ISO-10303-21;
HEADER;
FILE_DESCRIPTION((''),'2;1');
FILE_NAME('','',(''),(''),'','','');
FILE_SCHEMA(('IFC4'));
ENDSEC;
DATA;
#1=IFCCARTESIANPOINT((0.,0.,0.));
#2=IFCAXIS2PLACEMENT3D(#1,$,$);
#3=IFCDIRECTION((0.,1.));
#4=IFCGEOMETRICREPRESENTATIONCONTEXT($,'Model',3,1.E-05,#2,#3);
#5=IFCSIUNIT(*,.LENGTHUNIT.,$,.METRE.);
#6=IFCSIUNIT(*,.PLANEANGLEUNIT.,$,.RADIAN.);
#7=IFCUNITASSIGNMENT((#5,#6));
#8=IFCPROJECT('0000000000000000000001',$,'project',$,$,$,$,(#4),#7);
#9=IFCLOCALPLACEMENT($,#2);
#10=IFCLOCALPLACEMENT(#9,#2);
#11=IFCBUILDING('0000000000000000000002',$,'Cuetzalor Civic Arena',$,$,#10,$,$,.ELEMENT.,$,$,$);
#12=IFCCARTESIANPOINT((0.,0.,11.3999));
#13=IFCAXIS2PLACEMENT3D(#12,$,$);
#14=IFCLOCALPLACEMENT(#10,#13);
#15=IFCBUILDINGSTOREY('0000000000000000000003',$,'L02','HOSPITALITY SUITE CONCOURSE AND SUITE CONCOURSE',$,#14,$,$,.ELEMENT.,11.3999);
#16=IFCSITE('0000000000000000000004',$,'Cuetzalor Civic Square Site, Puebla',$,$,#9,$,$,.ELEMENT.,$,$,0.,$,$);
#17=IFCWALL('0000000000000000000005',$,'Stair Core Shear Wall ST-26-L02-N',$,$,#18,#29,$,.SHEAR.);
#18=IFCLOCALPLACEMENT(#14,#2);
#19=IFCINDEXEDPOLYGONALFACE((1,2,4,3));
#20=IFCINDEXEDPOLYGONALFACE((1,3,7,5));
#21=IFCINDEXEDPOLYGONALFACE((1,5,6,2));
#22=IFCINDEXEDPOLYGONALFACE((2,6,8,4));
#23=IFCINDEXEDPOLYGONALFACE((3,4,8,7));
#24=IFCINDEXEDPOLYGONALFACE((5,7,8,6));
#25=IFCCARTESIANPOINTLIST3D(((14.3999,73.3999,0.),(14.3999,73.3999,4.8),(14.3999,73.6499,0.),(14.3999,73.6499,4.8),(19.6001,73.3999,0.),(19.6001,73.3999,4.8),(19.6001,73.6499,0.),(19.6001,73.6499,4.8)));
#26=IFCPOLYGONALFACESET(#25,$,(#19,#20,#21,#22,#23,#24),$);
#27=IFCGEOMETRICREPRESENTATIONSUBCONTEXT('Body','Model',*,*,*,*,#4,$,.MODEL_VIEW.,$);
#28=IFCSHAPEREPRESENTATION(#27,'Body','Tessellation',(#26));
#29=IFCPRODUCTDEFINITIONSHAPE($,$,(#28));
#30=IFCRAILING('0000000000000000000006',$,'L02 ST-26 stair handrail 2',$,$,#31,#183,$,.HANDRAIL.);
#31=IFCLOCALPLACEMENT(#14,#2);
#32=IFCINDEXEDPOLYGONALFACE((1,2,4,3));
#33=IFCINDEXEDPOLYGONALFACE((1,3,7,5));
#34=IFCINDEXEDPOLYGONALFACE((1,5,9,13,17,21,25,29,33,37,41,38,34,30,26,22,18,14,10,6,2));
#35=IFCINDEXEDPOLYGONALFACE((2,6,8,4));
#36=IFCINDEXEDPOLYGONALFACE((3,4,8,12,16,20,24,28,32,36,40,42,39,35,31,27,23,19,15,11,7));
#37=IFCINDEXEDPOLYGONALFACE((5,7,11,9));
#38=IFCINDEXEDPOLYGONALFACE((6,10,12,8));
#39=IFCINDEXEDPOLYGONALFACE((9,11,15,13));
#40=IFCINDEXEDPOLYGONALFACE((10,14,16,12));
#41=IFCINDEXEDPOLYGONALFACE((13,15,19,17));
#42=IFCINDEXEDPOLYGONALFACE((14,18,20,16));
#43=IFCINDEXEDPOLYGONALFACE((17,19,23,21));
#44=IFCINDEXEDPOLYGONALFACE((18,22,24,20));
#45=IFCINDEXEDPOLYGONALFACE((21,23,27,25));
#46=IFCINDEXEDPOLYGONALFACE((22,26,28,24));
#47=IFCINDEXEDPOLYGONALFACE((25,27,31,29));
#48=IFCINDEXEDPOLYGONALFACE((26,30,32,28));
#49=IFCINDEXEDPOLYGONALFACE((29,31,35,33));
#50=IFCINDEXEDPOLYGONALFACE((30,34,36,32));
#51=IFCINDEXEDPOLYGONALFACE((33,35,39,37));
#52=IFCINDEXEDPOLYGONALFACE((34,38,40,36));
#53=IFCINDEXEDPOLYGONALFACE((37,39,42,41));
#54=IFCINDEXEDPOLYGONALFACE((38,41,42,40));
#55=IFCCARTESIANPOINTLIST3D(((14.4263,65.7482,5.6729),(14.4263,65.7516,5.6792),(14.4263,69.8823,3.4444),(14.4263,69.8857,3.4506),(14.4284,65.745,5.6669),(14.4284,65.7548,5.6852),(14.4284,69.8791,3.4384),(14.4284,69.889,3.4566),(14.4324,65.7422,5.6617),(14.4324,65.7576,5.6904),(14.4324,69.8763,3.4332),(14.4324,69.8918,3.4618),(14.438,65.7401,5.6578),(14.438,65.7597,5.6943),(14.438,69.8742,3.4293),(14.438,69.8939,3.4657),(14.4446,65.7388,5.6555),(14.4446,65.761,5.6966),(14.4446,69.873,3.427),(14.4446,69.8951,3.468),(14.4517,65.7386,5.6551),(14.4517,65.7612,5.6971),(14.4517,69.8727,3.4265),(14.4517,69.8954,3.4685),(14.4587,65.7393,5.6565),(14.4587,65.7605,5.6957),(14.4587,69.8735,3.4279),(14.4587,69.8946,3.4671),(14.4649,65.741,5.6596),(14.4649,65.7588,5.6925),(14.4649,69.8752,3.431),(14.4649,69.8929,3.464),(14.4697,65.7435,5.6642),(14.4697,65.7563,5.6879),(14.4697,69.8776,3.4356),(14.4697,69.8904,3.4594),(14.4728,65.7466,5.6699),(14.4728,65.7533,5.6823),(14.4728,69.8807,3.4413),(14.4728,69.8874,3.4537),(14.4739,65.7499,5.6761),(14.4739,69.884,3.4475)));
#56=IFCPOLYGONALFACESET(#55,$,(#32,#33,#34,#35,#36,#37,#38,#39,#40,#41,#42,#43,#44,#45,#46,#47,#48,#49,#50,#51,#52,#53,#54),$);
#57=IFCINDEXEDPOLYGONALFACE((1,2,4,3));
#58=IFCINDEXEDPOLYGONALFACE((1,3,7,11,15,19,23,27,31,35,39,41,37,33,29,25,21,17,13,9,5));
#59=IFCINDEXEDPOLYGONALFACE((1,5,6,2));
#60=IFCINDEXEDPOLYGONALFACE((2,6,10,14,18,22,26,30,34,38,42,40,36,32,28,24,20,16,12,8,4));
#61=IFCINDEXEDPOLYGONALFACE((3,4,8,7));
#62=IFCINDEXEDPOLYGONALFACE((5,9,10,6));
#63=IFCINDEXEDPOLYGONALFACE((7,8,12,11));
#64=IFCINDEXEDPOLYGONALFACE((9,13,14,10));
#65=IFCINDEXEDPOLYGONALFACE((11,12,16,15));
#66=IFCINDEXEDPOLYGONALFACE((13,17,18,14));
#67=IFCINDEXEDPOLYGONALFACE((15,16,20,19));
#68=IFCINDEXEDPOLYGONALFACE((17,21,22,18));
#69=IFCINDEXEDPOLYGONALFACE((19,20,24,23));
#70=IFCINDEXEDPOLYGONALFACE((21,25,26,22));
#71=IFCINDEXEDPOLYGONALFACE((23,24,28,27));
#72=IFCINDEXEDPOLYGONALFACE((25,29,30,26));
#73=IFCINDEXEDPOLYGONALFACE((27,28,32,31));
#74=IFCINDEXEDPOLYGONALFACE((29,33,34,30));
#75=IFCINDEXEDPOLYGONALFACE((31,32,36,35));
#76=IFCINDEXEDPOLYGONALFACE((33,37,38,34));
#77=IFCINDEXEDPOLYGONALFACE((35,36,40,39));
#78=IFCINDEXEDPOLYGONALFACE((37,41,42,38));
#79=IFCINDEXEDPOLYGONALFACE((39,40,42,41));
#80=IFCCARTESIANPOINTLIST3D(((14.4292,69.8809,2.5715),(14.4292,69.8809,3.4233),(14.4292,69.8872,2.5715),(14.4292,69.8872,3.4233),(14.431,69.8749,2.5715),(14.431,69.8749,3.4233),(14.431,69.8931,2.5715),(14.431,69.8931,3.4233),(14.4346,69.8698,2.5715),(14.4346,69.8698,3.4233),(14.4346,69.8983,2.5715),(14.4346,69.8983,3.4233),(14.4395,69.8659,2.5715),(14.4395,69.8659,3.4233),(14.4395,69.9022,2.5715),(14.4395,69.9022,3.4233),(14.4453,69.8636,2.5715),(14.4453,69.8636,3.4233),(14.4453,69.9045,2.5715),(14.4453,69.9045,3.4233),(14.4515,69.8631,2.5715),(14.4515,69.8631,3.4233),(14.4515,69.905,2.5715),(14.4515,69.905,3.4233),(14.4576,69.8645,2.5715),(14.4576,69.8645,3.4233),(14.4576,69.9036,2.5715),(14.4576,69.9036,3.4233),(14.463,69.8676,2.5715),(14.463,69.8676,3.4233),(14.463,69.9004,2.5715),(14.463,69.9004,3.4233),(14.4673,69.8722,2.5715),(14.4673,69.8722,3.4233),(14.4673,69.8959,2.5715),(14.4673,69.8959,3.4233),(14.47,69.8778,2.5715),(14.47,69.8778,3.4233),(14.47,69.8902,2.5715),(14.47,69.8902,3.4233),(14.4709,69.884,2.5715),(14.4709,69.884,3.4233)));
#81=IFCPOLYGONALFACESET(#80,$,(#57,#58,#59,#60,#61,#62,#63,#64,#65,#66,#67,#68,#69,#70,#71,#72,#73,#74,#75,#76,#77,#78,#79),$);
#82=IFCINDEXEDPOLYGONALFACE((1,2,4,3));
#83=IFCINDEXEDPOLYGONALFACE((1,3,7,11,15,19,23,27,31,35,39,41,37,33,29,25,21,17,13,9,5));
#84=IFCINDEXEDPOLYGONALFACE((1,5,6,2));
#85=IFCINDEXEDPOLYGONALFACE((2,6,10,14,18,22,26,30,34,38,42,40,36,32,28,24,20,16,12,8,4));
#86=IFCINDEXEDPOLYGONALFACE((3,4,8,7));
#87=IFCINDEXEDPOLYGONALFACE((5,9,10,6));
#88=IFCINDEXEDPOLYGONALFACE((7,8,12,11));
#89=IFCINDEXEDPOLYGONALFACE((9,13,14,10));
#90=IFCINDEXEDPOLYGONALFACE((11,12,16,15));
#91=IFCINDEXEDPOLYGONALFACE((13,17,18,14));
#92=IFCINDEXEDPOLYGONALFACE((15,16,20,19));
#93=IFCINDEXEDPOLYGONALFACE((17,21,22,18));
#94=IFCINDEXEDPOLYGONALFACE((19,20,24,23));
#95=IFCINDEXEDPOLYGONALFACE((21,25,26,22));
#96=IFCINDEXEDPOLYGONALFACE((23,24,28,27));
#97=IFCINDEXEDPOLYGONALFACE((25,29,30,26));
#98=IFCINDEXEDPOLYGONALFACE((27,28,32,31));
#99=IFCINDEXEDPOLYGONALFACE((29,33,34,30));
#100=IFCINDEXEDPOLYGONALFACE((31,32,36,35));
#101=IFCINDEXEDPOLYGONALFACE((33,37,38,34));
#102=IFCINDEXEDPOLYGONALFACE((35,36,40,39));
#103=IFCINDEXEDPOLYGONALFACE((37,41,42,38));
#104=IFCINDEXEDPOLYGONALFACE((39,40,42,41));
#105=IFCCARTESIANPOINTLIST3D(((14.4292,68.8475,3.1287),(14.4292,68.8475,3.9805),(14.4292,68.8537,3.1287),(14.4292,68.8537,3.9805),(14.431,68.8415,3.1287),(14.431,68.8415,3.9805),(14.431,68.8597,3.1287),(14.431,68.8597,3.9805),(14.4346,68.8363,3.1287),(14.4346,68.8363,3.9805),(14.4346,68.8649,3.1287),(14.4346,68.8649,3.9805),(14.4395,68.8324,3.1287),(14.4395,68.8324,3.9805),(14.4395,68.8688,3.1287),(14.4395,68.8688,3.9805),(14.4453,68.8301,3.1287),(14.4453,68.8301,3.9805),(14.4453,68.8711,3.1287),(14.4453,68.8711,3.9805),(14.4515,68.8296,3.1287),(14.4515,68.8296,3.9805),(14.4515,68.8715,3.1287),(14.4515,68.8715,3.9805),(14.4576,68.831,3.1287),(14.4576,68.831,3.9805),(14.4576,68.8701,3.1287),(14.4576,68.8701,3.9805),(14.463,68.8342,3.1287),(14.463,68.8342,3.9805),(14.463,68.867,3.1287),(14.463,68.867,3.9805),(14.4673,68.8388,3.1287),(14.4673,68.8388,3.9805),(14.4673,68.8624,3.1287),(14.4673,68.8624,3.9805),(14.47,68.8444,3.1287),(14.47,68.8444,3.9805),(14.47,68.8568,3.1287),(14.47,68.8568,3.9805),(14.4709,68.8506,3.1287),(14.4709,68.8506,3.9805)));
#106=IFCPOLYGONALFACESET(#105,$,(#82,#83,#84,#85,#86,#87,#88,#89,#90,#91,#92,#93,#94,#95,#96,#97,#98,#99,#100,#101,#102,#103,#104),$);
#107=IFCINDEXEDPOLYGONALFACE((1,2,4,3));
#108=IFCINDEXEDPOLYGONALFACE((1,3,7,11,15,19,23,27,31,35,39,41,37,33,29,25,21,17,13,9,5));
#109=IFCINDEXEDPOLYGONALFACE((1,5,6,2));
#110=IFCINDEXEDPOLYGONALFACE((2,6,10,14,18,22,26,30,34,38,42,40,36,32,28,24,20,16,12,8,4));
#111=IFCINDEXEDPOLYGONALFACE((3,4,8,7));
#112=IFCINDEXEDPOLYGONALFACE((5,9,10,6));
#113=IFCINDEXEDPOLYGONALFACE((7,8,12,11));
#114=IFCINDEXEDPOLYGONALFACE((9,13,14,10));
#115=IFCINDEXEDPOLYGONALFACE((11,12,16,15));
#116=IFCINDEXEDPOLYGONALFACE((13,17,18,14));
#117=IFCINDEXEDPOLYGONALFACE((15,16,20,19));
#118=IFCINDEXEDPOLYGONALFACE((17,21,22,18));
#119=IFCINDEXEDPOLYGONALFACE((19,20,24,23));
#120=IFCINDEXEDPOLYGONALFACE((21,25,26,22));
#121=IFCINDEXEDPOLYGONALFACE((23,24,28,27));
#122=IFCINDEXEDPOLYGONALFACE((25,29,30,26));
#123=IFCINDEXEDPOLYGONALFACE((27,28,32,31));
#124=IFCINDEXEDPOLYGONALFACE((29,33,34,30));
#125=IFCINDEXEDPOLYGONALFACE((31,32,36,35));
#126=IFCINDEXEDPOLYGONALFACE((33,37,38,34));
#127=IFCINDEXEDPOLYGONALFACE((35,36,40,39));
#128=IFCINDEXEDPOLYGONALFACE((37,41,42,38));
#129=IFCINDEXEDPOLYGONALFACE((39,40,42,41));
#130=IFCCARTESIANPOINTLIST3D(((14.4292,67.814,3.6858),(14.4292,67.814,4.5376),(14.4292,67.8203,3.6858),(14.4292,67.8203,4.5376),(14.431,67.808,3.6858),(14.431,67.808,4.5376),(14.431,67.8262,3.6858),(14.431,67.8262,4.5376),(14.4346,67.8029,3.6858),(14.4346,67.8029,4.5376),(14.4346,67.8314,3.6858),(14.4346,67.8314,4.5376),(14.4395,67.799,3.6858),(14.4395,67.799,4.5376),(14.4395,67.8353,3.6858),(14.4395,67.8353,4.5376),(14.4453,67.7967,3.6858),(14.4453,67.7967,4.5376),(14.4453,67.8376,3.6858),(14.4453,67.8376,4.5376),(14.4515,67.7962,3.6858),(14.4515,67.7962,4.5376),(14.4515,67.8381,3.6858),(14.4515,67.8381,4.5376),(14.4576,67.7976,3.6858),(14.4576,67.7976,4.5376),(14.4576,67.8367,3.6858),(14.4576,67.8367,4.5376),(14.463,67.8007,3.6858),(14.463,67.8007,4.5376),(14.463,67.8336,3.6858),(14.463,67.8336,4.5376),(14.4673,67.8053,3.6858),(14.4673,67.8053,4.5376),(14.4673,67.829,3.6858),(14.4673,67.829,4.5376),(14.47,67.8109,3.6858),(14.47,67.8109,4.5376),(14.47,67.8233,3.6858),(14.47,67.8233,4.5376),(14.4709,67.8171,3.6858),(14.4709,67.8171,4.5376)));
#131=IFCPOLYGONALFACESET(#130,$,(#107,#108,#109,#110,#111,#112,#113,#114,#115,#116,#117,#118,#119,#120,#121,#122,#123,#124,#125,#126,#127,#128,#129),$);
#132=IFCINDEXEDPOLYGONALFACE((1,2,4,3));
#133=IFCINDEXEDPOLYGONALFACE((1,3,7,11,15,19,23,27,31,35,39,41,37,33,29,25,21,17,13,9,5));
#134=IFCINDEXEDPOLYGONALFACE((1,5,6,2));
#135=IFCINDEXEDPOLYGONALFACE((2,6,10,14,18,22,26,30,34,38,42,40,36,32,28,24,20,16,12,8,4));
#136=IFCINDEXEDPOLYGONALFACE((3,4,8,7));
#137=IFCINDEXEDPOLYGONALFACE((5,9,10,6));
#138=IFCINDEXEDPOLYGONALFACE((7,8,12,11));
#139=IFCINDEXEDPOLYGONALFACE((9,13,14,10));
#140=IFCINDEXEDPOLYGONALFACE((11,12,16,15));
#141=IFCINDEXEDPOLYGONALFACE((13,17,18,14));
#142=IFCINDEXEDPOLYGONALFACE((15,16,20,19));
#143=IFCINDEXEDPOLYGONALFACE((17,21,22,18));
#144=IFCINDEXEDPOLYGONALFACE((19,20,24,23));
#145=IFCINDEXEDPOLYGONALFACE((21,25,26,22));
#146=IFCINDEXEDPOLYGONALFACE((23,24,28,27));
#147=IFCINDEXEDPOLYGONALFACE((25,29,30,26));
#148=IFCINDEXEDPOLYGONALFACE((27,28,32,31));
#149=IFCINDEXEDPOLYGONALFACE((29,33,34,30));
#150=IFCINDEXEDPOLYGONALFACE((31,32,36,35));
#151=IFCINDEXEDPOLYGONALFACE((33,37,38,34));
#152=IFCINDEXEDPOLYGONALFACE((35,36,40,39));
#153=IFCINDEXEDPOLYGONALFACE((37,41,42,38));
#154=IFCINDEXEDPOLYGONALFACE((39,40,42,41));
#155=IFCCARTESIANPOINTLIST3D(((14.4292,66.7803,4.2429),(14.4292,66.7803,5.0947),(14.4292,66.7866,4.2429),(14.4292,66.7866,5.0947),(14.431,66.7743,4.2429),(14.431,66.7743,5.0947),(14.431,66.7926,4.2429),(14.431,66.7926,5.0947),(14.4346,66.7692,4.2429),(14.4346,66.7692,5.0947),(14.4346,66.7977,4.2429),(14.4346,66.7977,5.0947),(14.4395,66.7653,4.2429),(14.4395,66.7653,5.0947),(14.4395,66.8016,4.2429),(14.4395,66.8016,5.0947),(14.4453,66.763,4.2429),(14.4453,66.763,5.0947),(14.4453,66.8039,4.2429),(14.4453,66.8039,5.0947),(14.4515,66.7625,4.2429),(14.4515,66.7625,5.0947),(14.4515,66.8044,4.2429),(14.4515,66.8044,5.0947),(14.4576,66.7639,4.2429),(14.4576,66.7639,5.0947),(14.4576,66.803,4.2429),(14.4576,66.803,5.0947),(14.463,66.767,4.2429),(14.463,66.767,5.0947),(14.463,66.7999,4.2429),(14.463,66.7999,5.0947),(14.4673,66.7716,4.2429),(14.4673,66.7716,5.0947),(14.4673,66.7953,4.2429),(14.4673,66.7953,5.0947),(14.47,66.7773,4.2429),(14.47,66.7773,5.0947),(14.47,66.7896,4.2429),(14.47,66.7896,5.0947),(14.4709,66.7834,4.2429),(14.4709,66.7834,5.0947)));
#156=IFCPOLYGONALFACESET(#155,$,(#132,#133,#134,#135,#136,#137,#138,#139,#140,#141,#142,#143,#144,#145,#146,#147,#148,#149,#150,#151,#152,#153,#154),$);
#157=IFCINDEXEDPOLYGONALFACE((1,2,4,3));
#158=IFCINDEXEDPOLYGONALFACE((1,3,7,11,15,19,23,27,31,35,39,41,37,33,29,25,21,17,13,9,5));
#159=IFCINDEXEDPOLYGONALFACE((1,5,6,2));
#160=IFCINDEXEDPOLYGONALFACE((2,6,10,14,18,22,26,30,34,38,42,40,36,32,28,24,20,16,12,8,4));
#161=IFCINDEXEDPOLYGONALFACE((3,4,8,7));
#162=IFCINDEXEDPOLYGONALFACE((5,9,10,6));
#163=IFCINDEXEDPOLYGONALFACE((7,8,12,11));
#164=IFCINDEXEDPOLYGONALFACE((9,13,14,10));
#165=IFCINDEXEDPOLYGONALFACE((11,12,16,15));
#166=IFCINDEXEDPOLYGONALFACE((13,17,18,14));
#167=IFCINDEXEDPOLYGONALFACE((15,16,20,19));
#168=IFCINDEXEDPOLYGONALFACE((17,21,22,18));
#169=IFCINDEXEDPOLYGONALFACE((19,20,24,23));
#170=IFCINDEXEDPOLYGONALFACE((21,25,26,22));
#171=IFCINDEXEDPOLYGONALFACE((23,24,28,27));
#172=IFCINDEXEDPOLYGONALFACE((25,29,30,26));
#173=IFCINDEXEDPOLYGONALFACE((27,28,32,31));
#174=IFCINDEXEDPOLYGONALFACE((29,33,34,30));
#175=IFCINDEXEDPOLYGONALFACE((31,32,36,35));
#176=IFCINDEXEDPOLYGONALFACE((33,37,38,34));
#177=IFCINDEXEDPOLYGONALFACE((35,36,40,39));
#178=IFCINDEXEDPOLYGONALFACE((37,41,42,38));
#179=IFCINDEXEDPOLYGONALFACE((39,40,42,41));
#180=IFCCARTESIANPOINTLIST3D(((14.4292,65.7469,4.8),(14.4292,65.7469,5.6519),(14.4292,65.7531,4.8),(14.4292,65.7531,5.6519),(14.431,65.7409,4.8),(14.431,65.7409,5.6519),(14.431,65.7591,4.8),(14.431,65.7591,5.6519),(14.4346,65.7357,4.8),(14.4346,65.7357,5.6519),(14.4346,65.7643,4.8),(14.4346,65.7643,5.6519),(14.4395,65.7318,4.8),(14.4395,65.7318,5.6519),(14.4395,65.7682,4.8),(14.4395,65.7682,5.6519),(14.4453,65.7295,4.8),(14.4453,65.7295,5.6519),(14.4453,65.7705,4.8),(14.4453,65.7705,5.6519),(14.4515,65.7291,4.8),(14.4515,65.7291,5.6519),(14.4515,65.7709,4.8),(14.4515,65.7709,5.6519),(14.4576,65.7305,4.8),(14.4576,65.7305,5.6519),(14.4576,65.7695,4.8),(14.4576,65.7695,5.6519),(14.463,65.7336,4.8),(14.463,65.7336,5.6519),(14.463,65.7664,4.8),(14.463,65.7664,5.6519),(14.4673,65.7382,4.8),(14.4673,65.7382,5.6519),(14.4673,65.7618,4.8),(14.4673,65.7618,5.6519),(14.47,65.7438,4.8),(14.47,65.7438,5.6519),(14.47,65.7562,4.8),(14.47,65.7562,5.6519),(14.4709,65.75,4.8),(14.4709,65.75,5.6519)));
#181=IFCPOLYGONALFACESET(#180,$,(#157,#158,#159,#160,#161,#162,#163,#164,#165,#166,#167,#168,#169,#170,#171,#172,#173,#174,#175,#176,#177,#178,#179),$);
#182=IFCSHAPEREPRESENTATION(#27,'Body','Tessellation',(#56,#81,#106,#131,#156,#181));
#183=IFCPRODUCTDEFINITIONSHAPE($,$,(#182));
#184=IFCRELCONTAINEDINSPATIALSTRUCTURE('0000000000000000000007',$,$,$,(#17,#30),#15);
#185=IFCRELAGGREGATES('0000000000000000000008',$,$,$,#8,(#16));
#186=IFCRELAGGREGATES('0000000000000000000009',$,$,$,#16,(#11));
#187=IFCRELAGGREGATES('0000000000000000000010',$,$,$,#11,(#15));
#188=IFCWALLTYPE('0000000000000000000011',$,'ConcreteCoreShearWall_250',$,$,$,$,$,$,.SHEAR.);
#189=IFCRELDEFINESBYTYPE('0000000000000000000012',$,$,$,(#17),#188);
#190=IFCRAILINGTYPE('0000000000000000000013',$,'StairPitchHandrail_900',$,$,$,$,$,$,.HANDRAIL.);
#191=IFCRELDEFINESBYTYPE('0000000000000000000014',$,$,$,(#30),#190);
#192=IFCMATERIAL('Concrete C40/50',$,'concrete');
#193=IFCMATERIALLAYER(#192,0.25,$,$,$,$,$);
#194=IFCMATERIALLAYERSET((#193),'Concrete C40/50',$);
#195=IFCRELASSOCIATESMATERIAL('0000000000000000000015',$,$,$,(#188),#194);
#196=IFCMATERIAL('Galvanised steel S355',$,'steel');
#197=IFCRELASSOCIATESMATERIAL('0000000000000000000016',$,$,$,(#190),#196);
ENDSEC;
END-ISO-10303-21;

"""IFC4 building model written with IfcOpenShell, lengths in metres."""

from ifc_helpers import new_model, si_unit, direction, frame, frame_2d, origin, origin_2d, place, context, subcontext, project, spatial, rectangle, circle, extrude, material, layer, layer_set, type_object, element, save


model = new_model("IFC4")

# Units and contexts
model_context = context("Model", 3, precision=1e-05, world=origin(), true_north=direction((0.0, 1.0)))
body_context = subcontext(model_context, "Body", "Model", "MODEL_VIEW")
ifc_project = project(units=[si_unit("LENGTHUNIT", "METRE"), si_unit("PLANEANGLEUNIT", "RADIAN")], contexts=[model_context])

# Site, building, storey
site_placement = place(None, origin())
site = spatial("IfcSite", under=ifc_project, at=site_placement, Name="Cuetzalor Civic Square Site, Puebla", CompositionType="ELEMENT", RefElevation=0.0)
building_placement = place(site_placement, origin())
building = spatial("IfcBuilding", under=site, at=building_placement, Name="Cuetzalor Civic Arena", CompositionType="ELEMENT")
storey_placement = place(building_placement, frame((0.0, 0.0, 11.3999)))
storey = spatial("IfcBuildingStorey", under=building, at=storey_placement, Name="L02", Description="HOSPITALITY SUITE CONCOURSE AND SUITE CONCOURSE", CompositionType="ELEMENT", Elevation=11.3999)

# Wall
ifc_material_1 = material(Name="Concrete C40/50", Category="concrete")
ifc_layer_1 = layer(ifc_material_1, 0.25)
ifc_layer_set_1 = layer_set([ifc_layer_1], Name="Concrete C40/50")
wall_type_1 = type_object("IfcWallType", Name="ConcreteCoreShearWall_250", PredefinedType="SHEAR", material=ifc_layer_set_1)
wall_1_placement = place(storey_placement, frame((14.3999, 73.5249, 0.0), z_axis=(0.0, 0.0, 1.0), x_axis=(1.0, 0.0, 0.0)))
element("IfcWall", 1, at=wall_1_placement, inside=storey, type_object=wall_type_1, Name="Stair Core Shear Wall ST-26-L02-N", PredefinedType="SHEAR", context=body_context, shape_type="SweptSolid", body=[
    extrude(rectangle(XDim=5.2002, YDim=0.25, at=frame_2d((2.6001, 0.0))), origin(), (0.0, 0.0, 1.0), 4.8),
])

# Railing
ifc_material_2 = material(Name="Galvanised steel S355", Category="steel")
railing_type = type_object("IfcRailingType", Name="StairPitchHandrail_900", PredefinedType="HANDRAIL", material=ifc_material_2)
railing_placement = place(storey_placement, frame((14.45, 69.884, 2.5715)))
element("IfcRailing", 2, at=railing_placement, inside=storey, type_object=railing_type, Name="L02 ST-26 stair handrail 2", PredefinedType="HANDRAIL", context=body_context, shape_type="SweptSolid", body=[
    extrude(circle(Radius=0.0239, at=origin_2d()), frame((0.0, 0.0, 0.876), z_axis=(0.0, -0.880249, 0.474512), x_axis=(1.0, 0.0, 0.0)), (0.0, 0.0, 1.0), 4.6965),
    extrude(circle(Radius=0.021, at=origin_2d()), origin(), (0.0, 0.0, 1.0), 0.8518),
    extrude(circle(Radius=0.021, at=origin_2d()), frame((0.0, -1.0334, 0.5571)), (0.0, 0.0, 1.0), 0.8518),
    extrude(circle(Radius=0.021, at=origin_2d()), frame((0.0, -2.0669, 1.1143)), (0.0, 0.0, 1.0), 0.8518),
    extrude(circle(Radius=0.021, at=origin_2d()), frame((0.0, -3.1006, 1.6714)), (0.0, 0.0, 1.0), 0.8518),
    extrude(circle(Radius=0.021, at=origin_2d()), frame((0.0, -4.134, 2.2285)), (0.0, 0.0, 1.0), 0.8518),
])

save(model, "model.ifc")
